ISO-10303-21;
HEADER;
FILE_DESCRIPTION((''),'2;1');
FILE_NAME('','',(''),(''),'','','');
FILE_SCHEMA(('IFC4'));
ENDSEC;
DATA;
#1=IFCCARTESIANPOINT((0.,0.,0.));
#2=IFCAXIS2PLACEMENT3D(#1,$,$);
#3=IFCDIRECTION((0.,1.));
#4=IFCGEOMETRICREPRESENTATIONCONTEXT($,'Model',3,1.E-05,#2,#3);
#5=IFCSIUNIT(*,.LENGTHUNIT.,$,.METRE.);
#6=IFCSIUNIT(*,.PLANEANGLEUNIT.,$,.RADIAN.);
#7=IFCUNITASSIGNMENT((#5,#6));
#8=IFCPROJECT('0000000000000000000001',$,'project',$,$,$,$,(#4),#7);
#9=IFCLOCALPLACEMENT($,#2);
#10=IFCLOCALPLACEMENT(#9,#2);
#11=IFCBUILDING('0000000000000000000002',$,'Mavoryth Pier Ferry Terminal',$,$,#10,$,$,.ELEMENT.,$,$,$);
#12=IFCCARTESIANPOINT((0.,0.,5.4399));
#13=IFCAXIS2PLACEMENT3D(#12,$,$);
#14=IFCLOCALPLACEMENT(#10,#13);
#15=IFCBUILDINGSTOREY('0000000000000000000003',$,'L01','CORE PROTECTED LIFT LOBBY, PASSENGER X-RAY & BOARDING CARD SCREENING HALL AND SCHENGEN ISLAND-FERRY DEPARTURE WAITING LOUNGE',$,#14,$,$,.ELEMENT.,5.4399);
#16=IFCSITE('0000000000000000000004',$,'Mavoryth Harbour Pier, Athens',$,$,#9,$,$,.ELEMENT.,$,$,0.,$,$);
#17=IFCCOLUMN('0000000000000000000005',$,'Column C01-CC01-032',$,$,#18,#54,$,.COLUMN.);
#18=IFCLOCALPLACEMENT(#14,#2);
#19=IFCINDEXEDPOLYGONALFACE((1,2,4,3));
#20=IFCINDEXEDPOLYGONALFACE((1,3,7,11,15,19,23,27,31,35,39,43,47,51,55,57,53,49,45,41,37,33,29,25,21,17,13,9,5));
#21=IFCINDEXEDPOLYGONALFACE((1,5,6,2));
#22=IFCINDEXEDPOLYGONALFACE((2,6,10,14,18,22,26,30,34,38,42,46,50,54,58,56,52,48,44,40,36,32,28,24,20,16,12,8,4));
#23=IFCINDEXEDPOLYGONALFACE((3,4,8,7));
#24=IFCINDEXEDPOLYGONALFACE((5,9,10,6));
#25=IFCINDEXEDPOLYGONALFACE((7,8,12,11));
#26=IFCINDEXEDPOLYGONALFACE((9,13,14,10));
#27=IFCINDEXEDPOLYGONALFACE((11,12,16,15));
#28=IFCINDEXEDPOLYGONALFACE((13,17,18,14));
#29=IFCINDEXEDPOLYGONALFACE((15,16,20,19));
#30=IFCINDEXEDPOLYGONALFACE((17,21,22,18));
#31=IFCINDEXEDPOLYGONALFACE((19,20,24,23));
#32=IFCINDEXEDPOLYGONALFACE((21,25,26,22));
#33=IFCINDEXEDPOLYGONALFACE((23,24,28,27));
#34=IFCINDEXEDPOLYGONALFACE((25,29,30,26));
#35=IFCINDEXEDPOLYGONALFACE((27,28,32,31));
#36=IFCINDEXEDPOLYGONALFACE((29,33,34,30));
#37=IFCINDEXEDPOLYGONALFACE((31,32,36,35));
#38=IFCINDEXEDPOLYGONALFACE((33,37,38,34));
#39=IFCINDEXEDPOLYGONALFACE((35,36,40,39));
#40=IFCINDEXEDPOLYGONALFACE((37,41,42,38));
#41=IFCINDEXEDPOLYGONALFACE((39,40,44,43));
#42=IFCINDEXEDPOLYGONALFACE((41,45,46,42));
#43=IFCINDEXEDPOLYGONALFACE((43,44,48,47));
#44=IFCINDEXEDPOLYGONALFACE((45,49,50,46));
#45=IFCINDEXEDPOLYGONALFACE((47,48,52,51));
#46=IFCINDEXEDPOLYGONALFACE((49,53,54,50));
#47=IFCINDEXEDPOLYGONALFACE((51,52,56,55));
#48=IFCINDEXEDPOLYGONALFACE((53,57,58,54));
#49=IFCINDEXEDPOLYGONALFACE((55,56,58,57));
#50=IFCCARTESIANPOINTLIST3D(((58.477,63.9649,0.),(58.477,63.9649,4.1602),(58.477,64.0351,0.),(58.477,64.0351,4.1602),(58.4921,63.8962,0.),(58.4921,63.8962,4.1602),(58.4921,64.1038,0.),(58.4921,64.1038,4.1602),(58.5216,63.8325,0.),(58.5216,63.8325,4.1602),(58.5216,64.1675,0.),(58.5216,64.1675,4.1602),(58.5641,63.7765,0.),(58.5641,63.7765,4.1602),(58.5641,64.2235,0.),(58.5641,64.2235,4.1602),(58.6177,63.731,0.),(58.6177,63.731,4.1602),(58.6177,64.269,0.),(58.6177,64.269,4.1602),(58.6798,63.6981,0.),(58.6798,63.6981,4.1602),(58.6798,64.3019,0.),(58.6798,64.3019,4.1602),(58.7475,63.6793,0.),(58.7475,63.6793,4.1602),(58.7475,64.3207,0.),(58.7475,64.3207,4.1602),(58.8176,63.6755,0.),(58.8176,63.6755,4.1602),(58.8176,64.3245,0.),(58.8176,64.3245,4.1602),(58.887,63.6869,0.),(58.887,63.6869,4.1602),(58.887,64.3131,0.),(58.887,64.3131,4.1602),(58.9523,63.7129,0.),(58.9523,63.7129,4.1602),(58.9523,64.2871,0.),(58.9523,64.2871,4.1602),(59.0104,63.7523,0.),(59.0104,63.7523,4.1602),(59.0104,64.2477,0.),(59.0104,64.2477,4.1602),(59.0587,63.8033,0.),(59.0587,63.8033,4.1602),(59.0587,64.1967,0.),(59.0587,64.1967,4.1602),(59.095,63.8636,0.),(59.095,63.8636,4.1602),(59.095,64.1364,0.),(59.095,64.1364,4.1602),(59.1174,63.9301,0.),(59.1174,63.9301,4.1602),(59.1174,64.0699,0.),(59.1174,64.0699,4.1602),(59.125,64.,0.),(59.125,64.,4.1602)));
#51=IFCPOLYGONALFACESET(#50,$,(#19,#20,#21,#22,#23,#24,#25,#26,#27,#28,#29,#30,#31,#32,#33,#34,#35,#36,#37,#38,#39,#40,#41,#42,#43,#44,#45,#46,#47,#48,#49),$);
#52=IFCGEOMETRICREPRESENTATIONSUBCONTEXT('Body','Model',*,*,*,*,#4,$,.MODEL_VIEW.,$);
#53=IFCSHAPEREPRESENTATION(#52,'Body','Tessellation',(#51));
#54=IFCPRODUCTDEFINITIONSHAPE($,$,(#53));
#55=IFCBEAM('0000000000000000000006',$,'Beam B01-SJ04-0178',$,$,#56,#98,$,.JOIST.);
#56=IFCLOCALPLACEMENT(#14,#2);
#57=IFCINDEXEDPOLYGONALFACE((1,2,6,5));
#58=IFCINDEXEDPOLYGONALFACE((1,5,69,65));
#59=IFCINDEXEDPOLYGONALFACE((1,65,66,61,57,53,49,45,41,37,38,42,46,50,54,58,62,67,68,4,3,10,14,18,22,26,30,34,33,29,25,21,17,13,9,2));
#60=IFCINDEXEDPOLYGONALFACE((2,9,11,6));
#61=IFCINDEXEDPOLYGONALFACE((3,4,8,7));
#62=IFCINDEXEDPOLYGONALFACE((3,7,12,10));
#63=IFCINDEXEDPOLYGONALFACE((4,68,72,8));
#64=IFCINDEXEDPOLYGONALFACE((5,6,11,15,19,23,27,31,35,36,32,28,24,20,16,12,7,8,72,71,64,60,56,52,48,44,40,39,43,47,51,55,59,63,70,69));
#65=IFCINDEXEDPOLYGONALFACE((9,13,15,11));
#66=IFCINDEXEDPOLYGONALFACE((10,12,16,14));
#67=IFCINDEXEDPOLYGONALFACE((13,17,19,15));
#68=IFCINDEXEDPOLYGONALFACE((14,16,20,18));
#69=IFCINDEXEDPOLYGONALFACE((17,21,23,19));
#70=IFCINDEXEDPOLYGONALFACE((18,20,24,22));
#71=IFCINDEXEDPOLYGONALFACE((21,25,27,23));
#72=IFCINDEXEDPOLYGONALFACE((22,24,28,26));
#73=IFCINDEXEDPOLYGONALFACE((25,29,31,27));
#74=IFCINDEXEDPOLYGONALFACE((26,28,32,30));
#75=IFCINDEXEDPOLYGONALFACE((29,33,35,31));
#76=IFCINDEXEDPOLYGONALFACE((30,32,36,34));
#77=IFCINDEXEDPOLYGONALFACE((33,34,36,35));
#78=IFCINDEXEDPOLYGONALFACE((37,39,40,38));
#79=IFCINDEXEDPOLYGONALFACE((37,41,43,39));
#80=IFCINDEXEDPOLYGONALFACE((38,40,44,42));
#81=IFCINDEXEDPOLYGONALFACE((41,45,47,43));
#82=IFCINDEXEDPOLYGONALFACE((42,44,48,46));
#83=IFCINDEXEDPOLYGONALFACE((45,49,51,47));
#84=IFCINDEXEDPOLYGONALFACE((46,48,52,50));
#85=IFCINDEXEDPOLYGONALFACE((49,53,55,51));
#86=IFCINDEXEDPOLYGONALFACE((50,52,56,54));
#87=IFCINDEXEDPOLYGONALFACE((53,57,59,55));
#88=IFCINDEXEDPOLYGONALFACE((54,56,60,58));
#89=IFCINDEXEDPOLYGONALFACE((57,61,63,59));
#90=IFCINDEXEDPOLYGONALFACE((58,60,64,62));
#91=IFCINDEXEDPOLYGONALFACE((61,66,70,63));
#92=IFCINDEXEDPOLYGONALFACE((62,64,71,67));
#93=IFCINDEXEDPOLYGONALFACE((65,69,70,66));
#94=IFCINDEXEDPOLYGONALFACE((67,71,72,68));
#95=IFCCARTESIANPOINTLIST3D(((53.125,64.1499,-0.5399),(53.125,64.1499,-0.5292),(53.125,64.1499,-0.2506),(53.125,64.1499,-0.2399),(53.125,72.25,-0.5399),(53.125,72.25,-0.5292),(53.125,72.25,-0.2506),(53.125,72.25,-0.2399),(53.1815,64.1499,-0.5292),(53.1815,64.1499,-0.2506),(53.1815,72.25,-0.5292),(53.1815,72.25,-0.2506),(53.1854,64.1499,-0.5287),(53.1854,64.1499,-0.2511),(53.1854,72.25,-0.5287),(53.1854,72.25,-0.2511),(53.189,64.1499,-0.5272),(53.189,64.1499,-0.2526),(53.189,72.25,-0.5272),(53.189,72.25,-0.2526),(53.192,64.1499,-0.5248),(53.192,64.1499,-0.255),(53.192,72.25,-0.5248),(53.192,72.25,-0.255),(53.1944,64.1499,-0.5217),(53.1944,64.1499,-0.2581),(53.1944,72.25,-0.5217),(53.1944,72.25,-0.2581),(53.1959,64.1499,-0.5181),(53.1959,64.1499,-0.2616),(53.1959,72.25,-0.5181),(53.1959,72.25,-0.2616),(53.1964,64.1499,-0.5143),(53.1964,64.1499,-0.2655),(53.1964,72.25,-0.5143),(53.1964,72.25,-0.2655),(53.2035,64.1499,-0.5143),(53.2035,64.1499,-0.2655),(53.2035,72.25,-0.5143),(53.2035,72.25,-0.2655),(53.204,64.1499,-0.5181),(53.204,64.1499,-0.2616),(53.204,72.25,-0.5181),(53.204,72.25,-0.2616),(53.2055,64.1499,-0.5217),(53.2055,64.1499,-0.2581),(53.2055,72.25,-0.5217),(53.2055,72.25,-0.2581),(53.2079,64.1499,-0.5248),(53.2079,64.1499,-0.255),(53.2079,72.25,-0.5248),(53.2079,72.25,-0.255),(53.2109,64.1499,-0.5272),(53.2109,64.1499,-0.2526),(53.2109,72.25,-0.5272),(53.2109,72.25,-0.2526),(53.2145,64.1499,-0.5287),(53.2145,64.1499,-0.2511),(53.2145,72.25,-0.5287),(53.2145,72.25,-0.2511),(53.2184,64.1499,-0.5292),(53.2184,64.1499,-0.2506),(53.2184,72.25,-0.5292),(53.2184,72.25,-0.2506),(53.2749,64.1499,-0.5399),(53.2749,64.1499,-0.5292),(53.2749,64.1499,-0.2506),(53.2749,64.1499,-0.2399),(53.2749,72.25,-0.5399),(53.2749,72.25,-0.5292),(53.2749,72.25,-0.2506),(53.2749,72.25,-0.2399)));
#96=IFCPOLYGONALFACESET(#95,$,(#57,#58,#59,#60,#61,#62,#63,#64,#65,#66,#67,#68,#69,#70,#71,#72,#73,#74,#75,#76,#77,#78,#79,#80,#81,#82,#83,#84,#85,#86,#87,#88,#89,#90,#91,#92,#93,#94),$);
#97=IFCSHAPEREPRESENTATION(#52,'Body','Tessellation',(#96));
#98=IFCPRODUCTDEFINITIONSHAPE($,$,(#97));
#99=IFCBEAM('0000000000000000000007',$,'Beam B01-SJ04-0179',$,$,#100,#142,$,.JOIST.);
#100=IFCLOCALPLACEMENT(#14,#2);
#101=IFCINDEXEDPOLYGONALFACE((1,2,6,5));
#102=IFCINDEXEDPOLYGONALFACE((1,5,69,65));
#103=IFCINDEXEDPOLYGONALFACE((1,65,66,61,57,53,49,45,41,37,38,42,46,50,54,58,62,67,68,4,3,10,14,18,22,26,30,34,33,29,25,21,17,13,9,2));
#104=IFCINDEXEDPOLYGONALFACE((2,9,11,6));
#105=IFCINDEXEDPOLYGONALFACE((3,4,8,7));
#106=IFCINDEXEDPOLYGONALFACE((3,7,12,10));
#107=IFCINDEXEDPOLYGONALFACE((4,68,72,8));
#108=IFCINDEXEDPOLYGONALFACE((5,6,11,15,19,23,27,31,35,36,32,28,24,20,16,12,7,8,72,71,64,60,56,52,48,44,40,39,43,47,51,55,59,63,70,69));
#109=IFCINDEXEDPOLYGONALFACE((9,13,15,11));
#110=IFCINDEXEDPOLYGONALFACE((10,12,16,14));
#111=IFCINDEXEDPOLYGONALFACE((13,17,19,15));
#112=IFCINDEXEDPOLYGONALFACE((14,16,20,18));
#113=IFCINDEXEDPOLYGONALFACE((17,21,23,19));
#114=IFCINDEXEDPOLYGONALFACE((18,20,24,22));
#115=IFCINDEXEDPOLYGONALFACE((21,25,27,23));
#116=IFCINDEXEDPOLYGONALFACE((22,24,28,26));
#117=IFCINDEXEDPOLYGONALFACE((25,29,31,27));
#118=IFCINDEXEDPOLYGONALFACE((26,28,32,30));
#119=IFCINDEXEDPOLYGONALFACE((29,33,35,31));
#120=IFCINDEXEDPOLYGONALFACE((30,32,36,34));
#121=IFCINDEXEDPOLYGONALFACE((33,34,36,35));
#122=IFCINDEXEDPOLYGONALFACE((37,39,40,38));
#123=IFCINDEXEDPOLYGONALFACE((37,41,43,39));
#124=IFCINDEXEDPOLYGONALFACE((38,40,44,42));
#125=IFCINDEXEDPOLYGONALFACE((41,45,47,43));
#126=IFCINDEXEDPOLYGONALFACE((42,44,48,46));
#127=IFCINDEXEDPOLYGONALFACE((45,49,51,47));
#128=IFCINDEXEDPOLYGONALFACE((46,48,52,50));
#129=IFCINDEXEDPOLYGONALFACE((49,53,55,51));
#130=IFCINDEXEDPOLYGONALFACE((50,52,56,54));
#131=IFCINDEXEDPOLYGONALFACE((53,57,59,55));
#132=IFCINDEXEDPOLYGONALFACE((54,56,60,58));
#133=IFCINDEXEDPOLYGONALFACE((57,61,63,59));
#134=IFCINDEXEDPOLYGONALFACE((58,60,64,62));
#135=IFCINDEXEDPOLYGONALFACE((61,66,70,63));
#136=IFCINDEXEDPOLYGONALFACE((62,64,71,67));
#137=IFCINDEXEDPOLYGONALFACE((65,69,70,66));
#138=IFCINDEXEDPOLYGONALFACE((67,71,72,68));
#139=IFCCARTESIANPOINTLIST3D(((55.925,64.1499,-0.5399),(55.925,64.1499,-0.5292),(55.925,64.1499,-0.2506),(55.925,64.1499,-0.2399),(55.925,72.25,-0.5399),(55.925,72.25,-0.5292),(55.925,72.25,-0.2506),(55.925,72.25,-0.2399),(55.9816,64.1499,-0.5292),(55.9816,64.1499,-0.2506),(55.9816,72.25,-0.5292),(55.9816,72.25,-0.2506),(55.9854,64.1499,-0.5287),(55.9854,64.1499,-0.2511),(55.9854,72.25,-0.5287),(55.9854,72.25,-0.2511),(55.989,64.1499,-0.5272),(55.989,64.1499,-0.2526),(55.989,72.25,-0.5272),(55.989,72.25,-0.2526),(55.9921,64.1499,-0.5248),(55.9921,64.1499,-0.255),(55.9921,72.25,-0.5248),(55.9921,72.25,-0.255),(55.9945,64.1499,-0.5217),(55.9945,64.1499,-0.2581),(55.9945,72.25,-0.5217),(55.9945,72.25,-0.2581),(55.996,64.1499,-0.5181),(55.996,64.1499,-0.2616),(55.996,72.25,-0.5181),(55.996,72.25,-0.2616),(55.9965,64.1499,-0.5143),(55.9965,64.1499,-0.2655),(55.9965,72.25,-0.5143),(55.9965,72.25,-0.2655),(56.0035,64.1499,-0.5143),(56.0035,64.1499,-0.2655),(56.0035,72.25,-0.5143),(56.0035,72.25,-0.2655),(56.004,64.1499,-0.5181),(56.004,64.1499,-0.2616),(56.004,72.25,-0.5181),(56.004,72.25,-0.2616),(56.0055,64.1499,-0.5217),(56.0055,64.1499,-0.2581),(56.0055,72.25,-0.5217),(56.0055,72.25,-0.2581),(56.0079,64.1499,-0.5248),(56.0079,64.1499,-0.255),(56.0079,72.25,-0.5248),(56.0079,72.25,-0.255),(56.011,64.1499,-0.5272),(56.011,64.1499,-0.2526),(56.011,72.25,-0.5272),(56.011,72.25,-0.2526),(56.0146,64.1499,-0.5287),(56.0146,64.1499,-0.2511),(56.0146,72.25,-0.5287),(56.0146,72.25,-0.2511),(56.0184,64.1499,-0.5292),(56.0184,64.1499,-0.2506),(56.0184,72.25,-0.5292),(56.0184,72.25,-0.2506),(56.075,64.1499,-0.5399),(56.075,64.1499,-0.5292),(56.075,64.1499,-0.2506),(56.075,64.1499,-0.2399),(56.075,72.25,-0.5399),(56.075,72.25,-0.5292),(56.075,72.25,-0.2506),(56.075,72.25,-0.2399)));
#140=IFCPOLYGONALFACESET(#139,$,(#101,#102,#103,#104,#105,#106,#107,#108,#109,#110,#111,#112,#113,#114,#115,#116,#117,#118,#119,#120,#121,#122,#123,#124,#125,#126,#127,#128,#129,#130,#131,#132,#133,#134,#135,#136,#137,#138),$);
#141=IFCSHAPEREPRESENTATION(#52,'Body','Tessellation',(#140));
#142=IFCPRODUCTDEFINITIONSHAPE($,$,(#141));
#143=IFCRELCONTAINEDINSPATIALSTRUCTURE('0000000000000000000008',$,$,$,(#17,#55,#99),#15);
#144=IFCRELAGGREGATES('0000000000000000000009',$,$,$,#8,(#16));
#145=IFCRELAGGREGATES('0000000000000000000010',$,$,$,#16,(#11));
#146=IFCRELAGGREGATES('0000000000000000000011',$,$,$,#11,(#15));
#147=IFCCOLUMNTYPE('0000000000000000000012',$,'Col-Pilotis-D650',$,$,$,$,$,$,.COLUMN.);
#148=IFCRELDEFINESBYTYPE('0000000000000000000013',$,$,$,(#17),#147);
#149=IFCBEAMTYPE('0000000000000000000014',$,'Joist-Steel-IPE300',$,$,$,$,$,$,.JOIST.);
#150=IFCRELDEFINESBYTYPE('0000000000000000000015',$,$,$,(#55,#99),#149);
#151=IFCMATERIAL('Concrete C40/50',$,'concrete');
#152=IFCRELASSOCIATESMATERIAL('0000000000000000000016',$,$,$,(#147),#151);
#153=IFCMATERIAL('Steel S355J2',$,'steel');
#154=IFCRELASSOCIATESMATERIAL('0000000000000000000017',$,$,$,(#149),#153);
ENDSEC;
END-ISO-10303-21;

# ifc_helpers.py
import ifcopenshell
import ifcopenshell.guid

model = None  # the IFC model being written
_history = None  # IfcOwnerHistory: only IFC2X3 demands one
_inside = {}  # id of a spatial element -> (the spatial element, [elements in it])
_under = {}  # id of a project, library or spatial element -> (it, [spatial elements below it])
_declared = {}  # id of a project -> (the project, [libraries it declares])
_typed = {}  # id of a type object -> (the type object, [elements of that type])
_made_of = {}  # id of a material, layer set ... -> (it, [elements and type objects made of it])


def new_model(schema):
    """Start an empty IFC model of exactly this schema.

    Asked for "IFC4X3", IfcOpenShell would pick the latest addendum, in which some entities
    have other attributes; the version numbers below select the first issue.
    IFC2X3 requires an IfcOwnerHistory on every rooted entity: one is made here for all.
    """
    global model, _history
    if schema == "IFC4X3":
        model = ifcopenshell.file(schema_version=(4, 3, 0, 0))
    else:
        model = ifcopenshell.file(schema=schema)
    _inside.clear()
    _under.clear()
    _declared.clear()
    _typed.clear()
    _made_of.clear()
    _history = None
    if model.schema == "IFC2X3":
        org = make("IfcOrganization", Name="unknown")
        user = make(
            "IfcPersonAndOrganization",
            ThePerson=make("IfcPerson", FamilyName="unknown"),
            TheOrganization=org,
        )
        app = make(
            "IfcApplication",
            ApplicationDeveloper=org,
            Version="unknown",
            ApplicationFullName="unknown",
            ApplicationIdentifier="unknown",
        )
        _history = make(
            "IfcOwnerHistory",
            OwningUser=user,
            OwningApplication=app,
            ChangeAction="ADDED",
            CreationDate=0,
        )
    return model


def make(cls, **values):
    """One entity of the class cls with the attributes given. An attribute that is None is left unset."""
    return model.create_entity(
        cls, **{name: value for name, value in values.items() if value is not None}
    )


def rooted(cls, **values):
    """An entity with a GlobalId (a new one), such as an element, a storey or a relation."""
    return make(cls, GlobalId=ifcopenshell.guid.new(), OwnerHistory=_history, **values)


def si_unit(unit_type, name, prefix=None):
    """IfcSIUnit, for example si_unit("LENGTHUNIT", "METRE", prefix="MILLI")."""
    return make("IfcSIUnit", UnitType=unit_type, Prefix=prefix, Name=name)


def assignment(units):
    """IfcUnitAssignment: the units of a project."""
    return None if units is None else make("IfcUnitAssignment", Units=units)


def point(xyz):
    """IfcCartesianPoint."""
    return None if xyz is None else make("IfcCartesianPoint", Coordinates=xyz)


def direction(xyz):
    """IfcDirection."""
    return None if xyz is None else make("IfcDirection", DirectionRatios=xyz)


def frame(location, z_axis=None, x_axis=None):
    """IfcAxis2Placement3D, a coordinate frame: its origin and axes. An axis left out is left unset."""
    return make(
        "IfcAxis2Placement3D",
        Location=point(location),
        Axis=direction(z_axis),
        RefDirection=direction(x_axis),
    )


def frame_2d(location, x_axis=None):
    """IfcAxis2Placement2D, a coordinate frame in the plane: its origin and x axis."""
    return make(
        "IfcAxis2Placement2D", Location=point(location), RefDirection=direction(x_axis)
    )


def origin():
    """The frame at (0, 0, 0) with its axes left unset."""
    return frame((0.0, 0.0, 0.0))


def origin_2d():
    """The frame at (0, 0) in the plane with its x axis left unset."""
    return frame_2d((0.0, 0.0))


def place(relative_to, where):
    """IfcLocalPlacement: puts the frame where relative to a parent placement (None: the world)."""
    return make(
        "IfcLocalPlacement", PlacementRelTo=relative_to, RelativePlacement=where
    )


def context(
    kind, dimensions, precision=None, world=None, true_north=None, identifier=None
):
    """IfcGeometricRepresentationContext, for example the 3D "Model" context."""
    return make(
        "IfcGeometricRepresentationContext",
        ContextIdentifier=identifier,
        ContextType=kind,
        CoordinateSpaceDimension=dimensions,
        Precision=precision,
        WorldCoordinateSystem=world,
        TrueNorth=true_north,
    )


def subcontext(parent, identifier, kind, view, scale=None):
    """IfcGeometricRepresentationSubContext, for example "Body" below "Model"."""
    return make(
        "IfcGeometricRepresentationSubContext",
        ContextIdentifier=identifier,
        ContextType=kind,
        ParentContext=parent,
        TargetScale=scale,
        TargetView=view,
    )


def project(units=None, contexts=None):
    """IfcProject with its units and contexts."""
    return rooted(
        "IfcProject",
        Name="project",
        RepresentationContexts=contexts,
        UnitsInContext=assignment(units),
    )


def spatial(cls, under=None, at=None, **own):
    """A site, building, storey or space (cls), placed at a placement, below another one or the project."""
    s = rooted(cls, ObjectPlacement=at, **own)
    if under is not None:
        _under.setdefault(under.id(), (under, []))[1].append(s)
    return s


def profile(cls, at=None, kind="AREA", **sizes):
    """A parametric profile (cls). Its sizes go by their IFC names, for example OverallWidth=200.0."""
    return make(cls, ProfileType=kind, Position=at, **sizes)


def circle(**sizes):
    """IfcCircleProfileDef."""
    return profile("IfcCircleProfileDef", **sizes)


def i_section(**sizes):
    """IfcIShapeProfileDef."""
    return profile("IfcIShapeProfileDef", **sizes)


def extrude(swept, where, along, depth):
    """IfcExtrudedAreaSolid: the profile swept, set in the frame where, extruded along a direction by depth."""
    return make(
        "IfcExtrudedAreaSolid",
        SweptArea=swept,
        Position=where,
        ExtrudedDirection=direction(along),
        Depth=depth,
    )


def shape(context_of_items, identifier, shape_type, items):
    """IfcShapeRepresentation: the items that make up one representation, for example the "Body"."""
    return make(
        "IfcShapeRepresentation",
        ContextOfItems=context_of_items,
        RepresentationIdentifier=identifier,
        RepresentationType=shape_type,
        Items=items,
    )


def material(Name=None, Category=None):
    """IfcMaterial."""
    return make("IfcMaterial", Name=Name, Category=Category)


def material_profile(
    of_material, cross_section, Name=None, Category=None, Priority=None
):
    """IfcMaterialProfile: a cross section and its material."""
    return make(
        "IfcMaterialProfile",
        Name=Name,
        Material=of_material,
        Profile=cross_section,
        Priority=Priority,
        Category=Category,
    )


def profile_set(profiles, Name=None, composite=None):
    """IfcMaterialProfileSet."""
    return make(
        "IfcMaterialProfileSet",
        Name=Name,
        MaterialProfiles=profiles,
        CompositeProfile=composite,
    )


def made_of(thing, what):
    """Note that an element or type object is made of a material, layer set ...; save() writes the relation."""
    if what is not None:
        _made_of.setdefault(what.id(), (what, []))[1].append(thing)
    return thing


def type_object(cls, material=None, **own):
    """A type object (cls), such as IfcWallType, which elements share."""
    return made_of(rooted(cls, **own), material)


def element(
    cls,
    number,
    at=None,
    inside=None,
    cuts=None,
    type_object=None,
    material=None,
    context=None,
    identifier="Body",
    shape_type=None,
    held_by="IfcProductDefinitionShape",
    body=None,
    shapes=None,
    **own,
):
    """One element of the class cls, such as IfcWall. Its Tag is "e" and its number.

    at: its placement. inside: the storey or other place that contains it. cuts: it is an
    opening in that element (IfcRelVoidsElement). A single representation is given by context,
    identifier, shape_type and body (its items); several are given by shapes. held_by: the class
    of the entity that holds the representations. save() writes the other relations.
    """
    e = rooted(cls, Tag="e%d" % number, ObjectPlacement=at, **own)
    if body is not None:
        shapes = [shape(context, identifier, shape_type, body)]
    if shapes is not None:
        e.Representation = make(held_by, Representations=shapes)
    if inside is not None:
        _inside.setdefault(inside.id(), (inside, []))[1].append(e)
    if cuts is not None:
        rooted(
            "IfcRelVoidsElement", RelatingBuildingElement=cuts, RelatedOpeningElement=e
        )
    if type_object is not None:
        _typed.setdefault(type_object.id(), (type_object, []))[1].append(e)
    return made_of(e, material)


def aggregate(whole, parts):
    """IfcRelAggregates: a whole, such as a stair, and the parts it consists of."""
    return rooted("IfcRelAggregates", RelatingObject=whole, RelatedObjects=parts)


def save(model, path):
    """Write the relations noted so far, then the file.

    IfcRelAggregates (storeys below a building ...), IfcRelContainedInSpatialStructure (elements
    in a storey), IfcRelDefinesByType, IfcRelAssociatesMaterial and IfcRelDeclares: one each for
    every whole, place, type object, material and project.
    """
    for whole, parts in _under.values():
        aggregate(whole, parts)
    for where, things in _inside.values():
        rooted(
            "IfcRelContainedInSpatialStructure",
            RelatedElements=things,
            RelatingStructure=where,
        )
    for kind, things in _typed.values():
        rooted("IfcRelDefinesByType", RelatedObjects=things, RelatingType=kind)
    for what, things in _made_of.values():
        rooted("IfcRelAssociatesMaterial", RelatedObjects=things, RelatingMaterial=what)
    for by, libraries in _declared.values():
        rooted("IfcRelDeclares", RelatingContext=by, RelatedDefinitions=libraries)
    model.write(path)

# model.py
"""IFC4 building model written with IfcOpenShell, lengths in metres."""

from ifc_helpers import new_model, si_unit, direction, frame, origin, origin_2d, place, context, subcontext, project, spatial, circle, i_section, extrude, material, material_profile, profile_set, type_object, element, save


model = new_model("IFC4")

# Units and contexts
model_context = context("Model", 3, precision=1e-05, world=origin(), true_north=direction((0.0, 1.0)))
body_context = subcontext(model_context, "Body", "Model", "MODEL_VIEW")
ifc_project = project(units=[si_unit("LENGTHUNIT", "METRE"), si_unit("PLANEANGLEUNIT", "RADIAN")], contexts=[model_context])

# Site, building, storey
site_placement = place(None, origin())
site = spatial("IfcSite", under=ifc_project, at=site_placement, Name="Mavoryth Harbour Pier, Athens", CompositionType="ELEMENT", RefElevation=0.0)
building_placement = place(site_placement, origin())
building = spatial("IfcBuilding", under=site, at=building_placement, Name="Mavoryth Pier Ferry Terminal", CompositionType="ELEMENT")
storey_placement = place(building_placement, frame((0.0, 0.0, 5.4399)))
storey = spatial("IfcBuildingStorey", under=building, at=storey_placement, Name="L01", Description="CORE PROTECTED LIFT LOBBY, PASSENGER X-RAY & BOARDING CARD SCREENING HALL AND SCHENGEN ISLAND-FERRY DEPARTURE WAITING LOUNGE", CompositionType="ELEMENT", Elevation=5.4399)

# Column
ifc_material_1 = material(Name="Concrete C40/50", Category="concrete")
ifc_material_profile_1 = material_profile(ifc_material_1, circle(Radius=0.325, at=origin_2d()), Name="RC D650", Category="concrete")
ifc_profile_set_1 = profile_set([ifc_material_profile_1], Name="Concrete C40/50 - RC D650")
column_type = type_object("IfcColumnType", Name="Col-Pilotis-D650", PredefinedType="COLUMN", material=ifc_profile_set_1)
column_placement = place(storey_placement, frame((58.8, 64.0, 0.0), z_axis=(0.0, 0.0, 1.0), x_axis=(1.0, 0.0, 0.0)))
element("IfcColumn", 1, at=column_placement, inside=storey, type_object=column_type, Name="Column C01-CC01-032", PredefinedType="COLUMN", context=body_context, shape_type="SweptSolid", body=[
    extrude(circle(Radius=0.325, at=origin_2d()), origin(), (0.0, 0.0, 1.0), 4.1602),
])

# Beams
ifc_material_2 = material(Name="Steel S355J2", Category="steel")
ifc_material_profile_2 = material_profile(ifc_material_2, i_section(OverallWidth=0.1499, OverallDepth=0.3, WebThickness=0.0071, FlangeThickness=0.0107, FilletRadius=0.0149, at=origin_2d()), Name="IPE 300", Category="steel")
ifc_profile_set_2 = profile_set([ifc_material_profile_2], Name="Steel S355J2 - IPE 300")
beam_type_1 = type_object("IfcBeamType", Name="Joist-Steel-IPE300", PredefinedType="JOIST", material=ifc_profile_set_2)
for number, where, z_axis, x_axis, name in (
    (2, (53.2, 64.1499, -0.3899), (0.0, 1.0, 0.0), (-1.0, 0.0, 0.0), "Beam B01-SJ04-0178"),
    (3, (56.0, 64.1499, -0.3899), (0.0, 1.0, 0.0), (-1.0, 0.0, 0.0), "Beam B01-SJ04-0179"),
):
    element("IfcBeam", number, at=place(storey_placement, frame(where, z_axis=z_axis, x_axis=x_axis)), inside=storey, type_object=beam_type_1, Name=name, PredefinedType="JOIST", context=body_context, shape_type="SweptSolid", body=[
        extrude(i_section(OverallWidth=0.1499, OverallDepth=0.3, WebThickness=0.0071, FlangeThickness=0.0107, FilletRadius=0.0149, at=origin_2d()), origin(), (0.0, 0.0, 1.0), 8.1001),
    ])

save(model, "model.ifc")
